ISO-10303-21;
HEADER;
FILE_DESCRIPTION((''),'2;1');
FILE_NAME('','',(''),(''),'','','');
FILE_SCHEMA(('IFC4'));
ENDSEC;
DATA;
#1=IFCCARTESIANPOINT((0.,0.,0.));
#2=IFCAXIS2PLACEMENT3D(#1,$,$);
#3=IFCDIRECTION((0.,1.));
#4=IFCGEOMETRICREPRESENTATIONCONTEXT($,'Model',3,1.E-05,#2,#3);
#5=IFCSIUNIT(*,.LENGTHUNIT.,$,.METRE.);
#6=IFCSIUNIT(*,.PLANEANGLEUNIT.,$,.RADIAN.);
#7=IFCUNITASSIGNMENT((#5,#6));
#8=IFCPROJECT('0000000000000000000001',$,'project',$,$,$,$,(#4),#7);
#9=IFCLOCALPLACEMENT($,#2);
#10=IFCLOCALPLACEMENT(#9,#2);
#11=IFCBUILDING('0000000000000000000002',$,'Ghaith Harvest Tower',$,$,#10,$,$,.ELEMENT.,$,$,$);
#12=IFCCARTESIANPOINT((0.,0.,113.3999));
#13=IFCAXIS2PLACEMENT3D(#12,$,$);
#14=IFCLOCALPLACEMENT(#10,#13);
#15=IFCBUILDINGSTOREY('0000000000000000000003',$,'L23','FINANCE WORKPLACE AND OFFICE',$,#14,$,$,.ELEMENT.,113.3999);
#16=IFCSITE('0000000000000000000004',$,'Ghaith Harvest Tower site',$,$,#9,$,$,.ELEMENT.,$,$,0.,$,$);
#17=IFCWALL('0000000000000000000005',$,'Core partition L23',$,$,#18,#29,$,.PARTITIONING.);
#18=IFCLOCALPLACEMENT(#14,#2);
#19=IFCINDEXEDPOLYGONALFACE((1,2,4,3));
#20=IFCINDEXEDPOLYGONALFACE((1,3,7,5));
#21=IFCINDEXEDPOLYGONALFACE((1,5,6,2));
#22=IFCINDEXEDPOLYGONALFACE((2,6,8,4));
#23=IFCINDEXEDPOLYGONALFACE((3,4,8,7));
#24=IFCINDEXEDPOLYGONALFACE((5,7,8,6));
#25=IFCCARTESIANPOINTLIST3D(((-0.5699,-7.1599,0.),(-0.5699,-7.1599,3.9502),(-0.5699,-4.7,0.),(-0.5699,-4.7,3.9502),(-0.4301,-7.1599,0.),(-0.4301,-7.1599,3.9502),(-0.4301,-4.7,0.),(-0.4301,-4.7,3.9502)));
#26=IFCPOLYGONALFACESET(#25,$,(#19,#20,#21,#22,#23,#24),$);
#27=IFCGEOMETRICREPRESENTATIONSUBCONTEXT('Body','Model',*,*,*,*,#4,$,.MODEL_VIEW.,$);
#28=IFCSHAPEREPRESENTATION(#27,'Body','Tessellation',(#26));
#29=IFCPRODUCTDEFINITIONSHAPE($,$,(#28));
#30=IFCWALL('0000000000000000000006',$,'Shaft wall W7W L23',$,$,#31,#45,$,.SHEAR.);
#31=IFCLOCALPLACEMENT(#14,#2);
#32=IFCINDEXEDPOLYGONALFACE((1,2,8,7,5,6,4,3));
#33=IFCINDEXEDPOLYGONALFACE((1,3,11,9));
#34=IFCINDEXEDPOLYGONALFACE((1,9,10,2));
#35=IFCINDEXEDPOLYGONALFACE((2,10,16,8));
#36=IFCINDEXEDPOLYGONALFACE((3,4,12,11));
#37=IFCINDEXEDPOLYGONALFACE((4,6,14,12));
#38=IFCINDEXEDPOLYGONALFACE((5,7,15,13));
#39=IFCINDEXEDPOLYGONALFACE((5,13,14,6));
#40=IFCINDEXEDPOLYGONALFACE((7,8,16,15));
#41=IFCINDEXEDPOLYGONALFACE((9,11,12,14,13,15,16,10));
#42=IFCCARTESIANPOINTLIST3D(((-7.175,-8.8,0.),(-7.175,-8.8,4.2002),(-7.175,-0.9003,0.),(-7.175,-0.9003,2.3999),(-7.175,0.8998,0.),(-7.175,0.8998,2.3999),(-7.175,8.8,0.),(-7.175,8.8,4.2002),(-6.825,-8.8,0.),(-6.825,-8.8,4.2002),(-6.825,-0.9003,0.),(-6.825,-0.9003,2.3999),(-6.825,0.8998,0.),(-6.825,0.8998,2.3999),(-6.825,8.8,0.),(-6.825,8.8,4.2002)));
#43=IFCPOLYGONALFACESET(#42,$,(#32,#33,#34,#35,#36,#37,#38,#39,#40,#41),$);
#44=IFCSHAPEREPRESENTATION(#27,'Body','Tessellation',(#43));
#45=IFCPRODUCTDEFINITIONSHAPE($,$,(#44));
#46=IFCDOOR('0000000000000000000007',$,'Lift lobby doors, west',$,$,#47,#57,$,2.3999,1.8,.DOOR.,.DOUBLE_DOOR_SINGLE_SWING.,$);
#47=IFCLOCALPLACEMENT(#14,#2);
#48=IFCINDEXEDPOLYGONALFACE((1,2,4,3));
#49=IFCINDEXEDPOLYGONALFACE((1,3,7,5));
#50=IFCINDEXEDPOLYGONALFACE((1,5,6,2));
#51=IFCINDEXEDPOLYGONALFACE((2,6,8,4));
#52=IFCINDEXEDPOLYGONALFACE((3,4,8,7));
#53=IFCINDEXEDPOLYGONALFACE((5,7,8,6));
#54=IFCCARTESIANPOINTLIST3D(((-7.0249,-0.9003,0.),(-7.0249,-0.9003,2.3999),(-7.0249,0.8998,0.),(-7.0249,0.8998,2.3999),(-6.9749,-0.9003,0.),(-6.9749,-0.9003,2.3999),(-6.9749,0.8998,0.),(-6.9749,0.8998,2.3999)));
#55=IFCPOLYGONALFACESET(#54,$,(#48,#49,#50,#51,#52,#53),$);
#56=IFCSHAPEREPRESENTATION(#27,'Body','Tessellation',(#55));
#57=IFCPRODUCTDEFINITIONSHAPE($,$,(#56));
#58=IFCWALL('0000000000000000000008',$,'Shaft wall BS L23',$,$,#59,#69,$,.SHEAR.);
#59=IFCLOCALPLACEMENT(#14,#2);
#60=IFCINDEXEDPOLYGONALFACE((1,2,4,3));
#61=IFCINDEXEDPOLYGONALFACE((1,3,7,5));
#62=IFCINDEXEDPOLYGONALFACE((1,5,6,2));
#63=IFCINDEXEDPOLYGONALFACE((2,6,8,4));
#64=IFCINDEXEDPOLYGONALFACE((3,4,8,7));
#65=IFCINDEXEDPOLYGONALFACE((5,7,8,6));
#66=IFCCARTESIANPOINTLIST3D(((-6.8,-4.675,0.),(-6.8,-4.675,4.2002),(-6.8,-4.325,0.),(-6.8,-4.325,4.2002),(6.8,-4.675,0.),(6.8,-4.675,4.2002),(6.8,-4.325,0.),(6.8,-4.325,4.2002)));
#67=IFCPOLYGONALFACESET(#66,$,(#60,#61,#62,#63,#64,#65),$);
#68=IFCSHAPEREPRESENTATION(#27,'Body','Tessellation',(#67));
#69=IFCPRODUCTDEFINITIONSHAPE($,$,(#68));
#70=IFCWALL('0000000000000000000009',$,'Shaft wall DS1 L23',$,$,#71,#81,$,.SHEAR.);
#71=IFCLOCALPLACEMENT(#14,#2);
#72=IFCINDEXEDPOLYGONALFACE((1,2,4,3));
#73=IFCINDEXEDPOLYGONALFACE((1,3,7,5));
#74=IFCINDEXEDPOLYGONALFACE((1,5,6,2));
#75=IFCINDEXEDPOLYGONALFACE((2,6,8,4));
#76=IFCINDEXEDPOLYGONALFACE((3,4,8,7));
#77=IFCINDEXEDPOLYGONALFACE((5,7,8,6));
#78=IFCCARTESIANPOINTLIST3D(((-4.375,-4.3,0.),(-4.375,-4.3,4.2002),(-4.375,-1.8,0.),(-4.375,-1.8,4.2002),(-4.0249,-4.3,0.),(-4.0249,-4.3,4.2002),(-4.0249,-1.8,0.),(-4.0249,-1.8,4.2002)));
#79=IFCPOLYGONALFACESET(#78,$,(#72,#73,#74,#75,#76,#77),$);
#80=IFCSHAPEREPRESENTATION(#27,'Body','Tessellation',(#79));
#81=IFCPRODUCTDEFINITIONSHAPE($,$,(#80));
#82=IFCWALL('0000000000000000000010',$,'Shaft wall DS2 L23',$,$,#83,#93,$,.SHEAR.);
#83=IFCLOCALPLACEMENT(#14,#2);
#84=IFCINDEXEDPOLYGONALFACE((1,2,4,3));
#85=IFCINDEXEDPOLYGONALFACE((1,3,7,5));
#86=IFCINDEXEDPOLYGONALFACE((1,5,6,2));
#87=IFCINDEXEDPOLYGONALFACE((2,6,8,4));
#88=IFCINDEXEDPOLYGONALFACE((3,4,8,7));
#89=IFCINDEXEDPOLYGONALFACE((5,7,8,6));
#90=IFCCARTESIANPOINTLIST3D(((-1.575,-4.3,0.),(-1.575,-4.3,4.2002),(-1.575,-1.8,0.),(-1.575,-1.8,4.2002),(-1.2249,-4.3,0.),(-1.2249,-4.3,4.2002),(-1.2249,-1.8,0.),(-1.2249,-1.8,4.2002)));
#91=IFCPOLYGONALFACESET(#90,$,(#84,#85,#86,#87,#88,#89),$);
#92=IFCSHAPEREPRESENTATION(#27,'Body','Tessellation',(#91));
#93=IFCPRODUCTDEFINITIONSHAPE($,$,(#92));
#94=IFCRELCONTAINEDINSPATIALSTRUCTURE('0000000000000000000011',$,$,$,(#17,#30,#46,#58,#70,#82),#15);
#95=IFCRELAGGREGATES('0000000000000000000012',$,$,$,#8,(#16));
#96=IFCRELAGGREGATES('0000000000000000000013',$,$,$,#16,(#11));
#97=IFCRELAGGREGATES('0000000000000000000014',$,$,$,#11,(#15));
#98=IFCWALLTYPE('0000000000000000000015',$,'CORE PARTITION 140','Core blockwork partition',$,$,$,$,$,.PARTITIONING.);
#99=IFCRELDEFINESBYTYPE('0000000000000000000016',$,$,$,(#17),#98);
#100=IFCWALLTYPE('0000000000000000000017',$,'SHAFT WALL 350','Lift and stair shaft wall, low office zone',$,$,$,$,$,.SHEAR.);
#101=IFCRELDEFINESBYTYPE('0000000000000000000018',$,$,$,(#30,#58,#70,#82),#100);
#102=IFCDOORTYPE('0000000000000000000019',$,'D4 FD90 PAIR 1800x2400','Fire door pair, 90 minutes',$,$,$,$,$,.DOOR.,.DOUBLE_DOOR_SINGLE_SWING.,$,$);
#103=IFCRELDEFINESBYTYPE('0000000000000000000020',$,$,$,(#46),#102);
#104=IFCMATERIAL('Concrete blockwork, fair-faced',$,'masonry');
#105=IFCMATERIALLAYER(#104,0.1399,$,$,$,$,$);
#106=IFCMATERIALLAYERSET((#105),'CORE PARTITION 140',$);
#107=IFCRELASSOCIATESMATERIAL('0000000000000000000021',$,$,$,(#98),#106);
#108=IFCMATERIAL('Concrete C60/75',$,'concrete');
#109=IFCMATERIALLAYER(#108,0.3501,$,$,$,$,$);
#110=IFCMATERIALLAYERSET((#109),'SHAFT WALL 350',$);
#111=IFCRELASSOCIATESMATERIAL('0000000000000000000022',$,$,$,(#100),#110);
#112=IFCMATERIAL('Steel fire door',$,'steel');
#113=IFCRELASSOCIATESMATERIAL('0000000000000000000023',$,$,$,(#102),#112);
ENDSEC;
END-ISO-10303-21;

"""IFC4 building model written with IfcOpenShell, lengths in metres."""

from ifc_helpers import new_model, si_unit, direction, frame, frame_2d, origin, place, context, subcontext, project, spatial, rectangle, extrude, material, layer, layer_set, type_object, element, fill, save


model = new_model("IFC4")

# Units and contexts
model_context = context("Model", 3, precision=1e-05, world=origin(), true_north=direction((0.0, 1.0)))
body_context = subcontext(model_context, "Body", "Model", "MODEL_VIEW")
ifc_project = project(units=[si_unit("LENGTHUNIT", "METRE"), si_unit("PLANEANGLEUNIT", "RADIAN")], contexts=[model_context])

# Site, building, storey
site_placement = place(None, origin())
site = spatial("IfcSite", under=ifc_project, at=site_placement, Name="Ghaith Harvest Tower site", CompositionType="ELEMENT", RefElevation=0.0)
building_placement = place(site_placement, origin())
building = spatial("IfcBuilding", under=site, at=building_placement, Name="Ghaith Harvest Tower", CompositionType="ELEMENT")
storey_placement = place(building_placement, frame((0.0, 0.0, 113.3999)))
storey = spatial("IfcBuildingStorey", under=building, at=storey_placement, Name="L23", Description="FINANCE WORKPLACE AND OFFICE", CompositionType="ELEMENT", Elevation=113.3999)

# Shared definitions
ifc_material_1 = material(Name="Concrete blockwork, fair-faced", Category="masonry")
ifc_layer_1 = layer(ifc_material_1, 0.1399)
ifc_layer_set_1 = layer_set([ifc_layer_1], Name="CORE PARTITION 140")
wall_type_1 = type_object("IfcWallType", Name="CORE PARTITION 140", Description="Core blockwork partition", PredefinedType="PARTITIONING", material=ifc_layer_set_1)

# Wall
for number, where, z_axis, x_axis, name in (
    (1, (-0.5, -4.7, 0.0), (0.0, 0.0, 1.0), (0.0, -1.0, 0.0), "Core partition L23"),
):
    element("IfcWall", number, at=place(storey_placement, frame(where, z_axis=z_axis, x_axis=x_axis)), inside=storey, type_object=wall_type_1, Name=name, PredefinedType="PARTITIONING", context=body_context, shape_type="SweptSolid", body=[
        extrude(rectangle(XDim=2.46, YDim=0.1399, at=frame_2d((1.23, 0.0))), origin(), (0.0, 0.0, 1.0), 3.9502),
    ])

# Wall, opening, door
ifc_material_2 = material(Name="Concrete C60/75", Category="concrete")
ifc_layer_2 = layer(ifc_material_2, 0.3501)
ifc_layer_set_2 = layer_set([ifc_layer_2], Name="SHAFT WALL 350")
wall_type_2 = type_object("IfcWallType", Name="SHAFT WALL 350", Description="Lift and stair shaft wall, low office zone", PredefinedType="SHEAR", material=ifc_layer_set_2)
wall_1_placement = place(storey_placement, frame((-7.0, -8.8, 0.0), z_axis=(0.0, 0.0, 1.0), x_axis=(0.0, 1.0, 0.0)))
wall_1 = element("IfcWall", 2, at=wall_1_placement, inside=storey, type_object=wall_type_2, Name="Shaft wall W7W L23", PredefinedType="SHEAR", context=body_context, shape_type="SweptSolid", body=[
    extrude(rectangle(XDim=17.6001, YDim=0.3501, at=frame_2d((8.8, 0.0))), origin(), (0.0, 0.0, 1.0), 4.2002),
])
opening_1_placement = place(wall_1_placement, frame((7.8999, 0.0, 0.0)))
opening_1 = element("IfcOpeningElement", 3, at=opening_1_placement, cuts=wall_1, PredefinedType="OPENING", context=body_context, shape_type="SweptSolid", body=[
    extrude(rectangle(XDim=1.8, YDim=2.3999, at=frame_2d((0.8999, 1.2))), frame((0.0, 0.1851, 0.0), z_axis=(0.0, -1.0, 0.0), x_axis=(1.0, 0.0, 0.0)), (0.0, 0.0, 1.0), 0.3701),
])
ifc_material_3 = material(Name="Steel fire door", Category="steel")
door_type_1 = type_object("IfcDoorType", Name="D4 FD90 PAIR 1800x2400", Description="Fire door pair, 90 minutes", OperationType="DOUBLE_DOOR_SINGLE_SWING", PredefinedType="DOOR", material=ifc_material_3)
door_1_placement = place(opening_1_placement, origin())
door_1 = element("IfcDoor", 4, at=door_1_placement, inside=storey, type_object=door_type_1, Name="Lift lobby doors, west", OperationType="DOUBLE_DOOR_SINGLE_SWING", OverallHeight=2.3999, OverallWidth=1.8, PredefinedType="DOOR", context=body_context, shape_type="SweptSolid", body=[
    extrude(rectangle(XDim=1.8, YDim=2.3999, at=frame_2d((0.8999, 1.2))), frame((0.0, 0.0249, 0.0), z_axis=(0.0, -1.0, 0.0), x_axis=(1.0, 0.0, 0.0)), (0.0, 0.0, 1.0), 0.05),
])
fill(opening_1, door_1)

# Walls
wall_2_placement = place(storey_placement, frame((-6.8, -4.5, 0.0), z_axis=(0.0, 0.0, 1.0), x_axis=(1.0, 0.0, 0.0)))
element("IfcWall", 5, at=wall_2_placement, inside=storey, type_object=wall_type_2, Name="Shaft wall BS L23", PredefinedType="SHEAR", context=body_context, shape_type="SweptSolid", body=[
    extrude(rectangle(XDim=13.6001, YDim=0.3501, at=frame_2d((6.8, 0.0))), origin(), (0.0, 0.0, 1.0), 4.2002),
])
for number, where, z_axis, x_axis, name in (
    (6, (-4.2, -4.3, 0.0), (0.0, 0.0, 1.0), (0.0, 1.0, 0.0), "Shaft wall DS1 L23"),
    (7, (-1.3999, -4.3, 0.0), (0.0, 0.0, 1.0), (0.0, 1.0, 0.0), "Shaft wall DS2 L23"),
):
    element("IfcWall", number, at=place(storey_placement, frame(where, z_axis=z_axis, x_axis=x_axis)), inside=storey, type_object=wall_type_2, Name=name, PredefinedType="SHEAR", context=body_context, shape_type="SweptSolid", body=[
        extrude(rectangle(XDim=2.5, YDim=0.3501, at=frame_2d((1.25, 0.0))), origin(), (0.0, 0.0, 1.0), 4.2002),
    ])

save(model, "model.ifc")
